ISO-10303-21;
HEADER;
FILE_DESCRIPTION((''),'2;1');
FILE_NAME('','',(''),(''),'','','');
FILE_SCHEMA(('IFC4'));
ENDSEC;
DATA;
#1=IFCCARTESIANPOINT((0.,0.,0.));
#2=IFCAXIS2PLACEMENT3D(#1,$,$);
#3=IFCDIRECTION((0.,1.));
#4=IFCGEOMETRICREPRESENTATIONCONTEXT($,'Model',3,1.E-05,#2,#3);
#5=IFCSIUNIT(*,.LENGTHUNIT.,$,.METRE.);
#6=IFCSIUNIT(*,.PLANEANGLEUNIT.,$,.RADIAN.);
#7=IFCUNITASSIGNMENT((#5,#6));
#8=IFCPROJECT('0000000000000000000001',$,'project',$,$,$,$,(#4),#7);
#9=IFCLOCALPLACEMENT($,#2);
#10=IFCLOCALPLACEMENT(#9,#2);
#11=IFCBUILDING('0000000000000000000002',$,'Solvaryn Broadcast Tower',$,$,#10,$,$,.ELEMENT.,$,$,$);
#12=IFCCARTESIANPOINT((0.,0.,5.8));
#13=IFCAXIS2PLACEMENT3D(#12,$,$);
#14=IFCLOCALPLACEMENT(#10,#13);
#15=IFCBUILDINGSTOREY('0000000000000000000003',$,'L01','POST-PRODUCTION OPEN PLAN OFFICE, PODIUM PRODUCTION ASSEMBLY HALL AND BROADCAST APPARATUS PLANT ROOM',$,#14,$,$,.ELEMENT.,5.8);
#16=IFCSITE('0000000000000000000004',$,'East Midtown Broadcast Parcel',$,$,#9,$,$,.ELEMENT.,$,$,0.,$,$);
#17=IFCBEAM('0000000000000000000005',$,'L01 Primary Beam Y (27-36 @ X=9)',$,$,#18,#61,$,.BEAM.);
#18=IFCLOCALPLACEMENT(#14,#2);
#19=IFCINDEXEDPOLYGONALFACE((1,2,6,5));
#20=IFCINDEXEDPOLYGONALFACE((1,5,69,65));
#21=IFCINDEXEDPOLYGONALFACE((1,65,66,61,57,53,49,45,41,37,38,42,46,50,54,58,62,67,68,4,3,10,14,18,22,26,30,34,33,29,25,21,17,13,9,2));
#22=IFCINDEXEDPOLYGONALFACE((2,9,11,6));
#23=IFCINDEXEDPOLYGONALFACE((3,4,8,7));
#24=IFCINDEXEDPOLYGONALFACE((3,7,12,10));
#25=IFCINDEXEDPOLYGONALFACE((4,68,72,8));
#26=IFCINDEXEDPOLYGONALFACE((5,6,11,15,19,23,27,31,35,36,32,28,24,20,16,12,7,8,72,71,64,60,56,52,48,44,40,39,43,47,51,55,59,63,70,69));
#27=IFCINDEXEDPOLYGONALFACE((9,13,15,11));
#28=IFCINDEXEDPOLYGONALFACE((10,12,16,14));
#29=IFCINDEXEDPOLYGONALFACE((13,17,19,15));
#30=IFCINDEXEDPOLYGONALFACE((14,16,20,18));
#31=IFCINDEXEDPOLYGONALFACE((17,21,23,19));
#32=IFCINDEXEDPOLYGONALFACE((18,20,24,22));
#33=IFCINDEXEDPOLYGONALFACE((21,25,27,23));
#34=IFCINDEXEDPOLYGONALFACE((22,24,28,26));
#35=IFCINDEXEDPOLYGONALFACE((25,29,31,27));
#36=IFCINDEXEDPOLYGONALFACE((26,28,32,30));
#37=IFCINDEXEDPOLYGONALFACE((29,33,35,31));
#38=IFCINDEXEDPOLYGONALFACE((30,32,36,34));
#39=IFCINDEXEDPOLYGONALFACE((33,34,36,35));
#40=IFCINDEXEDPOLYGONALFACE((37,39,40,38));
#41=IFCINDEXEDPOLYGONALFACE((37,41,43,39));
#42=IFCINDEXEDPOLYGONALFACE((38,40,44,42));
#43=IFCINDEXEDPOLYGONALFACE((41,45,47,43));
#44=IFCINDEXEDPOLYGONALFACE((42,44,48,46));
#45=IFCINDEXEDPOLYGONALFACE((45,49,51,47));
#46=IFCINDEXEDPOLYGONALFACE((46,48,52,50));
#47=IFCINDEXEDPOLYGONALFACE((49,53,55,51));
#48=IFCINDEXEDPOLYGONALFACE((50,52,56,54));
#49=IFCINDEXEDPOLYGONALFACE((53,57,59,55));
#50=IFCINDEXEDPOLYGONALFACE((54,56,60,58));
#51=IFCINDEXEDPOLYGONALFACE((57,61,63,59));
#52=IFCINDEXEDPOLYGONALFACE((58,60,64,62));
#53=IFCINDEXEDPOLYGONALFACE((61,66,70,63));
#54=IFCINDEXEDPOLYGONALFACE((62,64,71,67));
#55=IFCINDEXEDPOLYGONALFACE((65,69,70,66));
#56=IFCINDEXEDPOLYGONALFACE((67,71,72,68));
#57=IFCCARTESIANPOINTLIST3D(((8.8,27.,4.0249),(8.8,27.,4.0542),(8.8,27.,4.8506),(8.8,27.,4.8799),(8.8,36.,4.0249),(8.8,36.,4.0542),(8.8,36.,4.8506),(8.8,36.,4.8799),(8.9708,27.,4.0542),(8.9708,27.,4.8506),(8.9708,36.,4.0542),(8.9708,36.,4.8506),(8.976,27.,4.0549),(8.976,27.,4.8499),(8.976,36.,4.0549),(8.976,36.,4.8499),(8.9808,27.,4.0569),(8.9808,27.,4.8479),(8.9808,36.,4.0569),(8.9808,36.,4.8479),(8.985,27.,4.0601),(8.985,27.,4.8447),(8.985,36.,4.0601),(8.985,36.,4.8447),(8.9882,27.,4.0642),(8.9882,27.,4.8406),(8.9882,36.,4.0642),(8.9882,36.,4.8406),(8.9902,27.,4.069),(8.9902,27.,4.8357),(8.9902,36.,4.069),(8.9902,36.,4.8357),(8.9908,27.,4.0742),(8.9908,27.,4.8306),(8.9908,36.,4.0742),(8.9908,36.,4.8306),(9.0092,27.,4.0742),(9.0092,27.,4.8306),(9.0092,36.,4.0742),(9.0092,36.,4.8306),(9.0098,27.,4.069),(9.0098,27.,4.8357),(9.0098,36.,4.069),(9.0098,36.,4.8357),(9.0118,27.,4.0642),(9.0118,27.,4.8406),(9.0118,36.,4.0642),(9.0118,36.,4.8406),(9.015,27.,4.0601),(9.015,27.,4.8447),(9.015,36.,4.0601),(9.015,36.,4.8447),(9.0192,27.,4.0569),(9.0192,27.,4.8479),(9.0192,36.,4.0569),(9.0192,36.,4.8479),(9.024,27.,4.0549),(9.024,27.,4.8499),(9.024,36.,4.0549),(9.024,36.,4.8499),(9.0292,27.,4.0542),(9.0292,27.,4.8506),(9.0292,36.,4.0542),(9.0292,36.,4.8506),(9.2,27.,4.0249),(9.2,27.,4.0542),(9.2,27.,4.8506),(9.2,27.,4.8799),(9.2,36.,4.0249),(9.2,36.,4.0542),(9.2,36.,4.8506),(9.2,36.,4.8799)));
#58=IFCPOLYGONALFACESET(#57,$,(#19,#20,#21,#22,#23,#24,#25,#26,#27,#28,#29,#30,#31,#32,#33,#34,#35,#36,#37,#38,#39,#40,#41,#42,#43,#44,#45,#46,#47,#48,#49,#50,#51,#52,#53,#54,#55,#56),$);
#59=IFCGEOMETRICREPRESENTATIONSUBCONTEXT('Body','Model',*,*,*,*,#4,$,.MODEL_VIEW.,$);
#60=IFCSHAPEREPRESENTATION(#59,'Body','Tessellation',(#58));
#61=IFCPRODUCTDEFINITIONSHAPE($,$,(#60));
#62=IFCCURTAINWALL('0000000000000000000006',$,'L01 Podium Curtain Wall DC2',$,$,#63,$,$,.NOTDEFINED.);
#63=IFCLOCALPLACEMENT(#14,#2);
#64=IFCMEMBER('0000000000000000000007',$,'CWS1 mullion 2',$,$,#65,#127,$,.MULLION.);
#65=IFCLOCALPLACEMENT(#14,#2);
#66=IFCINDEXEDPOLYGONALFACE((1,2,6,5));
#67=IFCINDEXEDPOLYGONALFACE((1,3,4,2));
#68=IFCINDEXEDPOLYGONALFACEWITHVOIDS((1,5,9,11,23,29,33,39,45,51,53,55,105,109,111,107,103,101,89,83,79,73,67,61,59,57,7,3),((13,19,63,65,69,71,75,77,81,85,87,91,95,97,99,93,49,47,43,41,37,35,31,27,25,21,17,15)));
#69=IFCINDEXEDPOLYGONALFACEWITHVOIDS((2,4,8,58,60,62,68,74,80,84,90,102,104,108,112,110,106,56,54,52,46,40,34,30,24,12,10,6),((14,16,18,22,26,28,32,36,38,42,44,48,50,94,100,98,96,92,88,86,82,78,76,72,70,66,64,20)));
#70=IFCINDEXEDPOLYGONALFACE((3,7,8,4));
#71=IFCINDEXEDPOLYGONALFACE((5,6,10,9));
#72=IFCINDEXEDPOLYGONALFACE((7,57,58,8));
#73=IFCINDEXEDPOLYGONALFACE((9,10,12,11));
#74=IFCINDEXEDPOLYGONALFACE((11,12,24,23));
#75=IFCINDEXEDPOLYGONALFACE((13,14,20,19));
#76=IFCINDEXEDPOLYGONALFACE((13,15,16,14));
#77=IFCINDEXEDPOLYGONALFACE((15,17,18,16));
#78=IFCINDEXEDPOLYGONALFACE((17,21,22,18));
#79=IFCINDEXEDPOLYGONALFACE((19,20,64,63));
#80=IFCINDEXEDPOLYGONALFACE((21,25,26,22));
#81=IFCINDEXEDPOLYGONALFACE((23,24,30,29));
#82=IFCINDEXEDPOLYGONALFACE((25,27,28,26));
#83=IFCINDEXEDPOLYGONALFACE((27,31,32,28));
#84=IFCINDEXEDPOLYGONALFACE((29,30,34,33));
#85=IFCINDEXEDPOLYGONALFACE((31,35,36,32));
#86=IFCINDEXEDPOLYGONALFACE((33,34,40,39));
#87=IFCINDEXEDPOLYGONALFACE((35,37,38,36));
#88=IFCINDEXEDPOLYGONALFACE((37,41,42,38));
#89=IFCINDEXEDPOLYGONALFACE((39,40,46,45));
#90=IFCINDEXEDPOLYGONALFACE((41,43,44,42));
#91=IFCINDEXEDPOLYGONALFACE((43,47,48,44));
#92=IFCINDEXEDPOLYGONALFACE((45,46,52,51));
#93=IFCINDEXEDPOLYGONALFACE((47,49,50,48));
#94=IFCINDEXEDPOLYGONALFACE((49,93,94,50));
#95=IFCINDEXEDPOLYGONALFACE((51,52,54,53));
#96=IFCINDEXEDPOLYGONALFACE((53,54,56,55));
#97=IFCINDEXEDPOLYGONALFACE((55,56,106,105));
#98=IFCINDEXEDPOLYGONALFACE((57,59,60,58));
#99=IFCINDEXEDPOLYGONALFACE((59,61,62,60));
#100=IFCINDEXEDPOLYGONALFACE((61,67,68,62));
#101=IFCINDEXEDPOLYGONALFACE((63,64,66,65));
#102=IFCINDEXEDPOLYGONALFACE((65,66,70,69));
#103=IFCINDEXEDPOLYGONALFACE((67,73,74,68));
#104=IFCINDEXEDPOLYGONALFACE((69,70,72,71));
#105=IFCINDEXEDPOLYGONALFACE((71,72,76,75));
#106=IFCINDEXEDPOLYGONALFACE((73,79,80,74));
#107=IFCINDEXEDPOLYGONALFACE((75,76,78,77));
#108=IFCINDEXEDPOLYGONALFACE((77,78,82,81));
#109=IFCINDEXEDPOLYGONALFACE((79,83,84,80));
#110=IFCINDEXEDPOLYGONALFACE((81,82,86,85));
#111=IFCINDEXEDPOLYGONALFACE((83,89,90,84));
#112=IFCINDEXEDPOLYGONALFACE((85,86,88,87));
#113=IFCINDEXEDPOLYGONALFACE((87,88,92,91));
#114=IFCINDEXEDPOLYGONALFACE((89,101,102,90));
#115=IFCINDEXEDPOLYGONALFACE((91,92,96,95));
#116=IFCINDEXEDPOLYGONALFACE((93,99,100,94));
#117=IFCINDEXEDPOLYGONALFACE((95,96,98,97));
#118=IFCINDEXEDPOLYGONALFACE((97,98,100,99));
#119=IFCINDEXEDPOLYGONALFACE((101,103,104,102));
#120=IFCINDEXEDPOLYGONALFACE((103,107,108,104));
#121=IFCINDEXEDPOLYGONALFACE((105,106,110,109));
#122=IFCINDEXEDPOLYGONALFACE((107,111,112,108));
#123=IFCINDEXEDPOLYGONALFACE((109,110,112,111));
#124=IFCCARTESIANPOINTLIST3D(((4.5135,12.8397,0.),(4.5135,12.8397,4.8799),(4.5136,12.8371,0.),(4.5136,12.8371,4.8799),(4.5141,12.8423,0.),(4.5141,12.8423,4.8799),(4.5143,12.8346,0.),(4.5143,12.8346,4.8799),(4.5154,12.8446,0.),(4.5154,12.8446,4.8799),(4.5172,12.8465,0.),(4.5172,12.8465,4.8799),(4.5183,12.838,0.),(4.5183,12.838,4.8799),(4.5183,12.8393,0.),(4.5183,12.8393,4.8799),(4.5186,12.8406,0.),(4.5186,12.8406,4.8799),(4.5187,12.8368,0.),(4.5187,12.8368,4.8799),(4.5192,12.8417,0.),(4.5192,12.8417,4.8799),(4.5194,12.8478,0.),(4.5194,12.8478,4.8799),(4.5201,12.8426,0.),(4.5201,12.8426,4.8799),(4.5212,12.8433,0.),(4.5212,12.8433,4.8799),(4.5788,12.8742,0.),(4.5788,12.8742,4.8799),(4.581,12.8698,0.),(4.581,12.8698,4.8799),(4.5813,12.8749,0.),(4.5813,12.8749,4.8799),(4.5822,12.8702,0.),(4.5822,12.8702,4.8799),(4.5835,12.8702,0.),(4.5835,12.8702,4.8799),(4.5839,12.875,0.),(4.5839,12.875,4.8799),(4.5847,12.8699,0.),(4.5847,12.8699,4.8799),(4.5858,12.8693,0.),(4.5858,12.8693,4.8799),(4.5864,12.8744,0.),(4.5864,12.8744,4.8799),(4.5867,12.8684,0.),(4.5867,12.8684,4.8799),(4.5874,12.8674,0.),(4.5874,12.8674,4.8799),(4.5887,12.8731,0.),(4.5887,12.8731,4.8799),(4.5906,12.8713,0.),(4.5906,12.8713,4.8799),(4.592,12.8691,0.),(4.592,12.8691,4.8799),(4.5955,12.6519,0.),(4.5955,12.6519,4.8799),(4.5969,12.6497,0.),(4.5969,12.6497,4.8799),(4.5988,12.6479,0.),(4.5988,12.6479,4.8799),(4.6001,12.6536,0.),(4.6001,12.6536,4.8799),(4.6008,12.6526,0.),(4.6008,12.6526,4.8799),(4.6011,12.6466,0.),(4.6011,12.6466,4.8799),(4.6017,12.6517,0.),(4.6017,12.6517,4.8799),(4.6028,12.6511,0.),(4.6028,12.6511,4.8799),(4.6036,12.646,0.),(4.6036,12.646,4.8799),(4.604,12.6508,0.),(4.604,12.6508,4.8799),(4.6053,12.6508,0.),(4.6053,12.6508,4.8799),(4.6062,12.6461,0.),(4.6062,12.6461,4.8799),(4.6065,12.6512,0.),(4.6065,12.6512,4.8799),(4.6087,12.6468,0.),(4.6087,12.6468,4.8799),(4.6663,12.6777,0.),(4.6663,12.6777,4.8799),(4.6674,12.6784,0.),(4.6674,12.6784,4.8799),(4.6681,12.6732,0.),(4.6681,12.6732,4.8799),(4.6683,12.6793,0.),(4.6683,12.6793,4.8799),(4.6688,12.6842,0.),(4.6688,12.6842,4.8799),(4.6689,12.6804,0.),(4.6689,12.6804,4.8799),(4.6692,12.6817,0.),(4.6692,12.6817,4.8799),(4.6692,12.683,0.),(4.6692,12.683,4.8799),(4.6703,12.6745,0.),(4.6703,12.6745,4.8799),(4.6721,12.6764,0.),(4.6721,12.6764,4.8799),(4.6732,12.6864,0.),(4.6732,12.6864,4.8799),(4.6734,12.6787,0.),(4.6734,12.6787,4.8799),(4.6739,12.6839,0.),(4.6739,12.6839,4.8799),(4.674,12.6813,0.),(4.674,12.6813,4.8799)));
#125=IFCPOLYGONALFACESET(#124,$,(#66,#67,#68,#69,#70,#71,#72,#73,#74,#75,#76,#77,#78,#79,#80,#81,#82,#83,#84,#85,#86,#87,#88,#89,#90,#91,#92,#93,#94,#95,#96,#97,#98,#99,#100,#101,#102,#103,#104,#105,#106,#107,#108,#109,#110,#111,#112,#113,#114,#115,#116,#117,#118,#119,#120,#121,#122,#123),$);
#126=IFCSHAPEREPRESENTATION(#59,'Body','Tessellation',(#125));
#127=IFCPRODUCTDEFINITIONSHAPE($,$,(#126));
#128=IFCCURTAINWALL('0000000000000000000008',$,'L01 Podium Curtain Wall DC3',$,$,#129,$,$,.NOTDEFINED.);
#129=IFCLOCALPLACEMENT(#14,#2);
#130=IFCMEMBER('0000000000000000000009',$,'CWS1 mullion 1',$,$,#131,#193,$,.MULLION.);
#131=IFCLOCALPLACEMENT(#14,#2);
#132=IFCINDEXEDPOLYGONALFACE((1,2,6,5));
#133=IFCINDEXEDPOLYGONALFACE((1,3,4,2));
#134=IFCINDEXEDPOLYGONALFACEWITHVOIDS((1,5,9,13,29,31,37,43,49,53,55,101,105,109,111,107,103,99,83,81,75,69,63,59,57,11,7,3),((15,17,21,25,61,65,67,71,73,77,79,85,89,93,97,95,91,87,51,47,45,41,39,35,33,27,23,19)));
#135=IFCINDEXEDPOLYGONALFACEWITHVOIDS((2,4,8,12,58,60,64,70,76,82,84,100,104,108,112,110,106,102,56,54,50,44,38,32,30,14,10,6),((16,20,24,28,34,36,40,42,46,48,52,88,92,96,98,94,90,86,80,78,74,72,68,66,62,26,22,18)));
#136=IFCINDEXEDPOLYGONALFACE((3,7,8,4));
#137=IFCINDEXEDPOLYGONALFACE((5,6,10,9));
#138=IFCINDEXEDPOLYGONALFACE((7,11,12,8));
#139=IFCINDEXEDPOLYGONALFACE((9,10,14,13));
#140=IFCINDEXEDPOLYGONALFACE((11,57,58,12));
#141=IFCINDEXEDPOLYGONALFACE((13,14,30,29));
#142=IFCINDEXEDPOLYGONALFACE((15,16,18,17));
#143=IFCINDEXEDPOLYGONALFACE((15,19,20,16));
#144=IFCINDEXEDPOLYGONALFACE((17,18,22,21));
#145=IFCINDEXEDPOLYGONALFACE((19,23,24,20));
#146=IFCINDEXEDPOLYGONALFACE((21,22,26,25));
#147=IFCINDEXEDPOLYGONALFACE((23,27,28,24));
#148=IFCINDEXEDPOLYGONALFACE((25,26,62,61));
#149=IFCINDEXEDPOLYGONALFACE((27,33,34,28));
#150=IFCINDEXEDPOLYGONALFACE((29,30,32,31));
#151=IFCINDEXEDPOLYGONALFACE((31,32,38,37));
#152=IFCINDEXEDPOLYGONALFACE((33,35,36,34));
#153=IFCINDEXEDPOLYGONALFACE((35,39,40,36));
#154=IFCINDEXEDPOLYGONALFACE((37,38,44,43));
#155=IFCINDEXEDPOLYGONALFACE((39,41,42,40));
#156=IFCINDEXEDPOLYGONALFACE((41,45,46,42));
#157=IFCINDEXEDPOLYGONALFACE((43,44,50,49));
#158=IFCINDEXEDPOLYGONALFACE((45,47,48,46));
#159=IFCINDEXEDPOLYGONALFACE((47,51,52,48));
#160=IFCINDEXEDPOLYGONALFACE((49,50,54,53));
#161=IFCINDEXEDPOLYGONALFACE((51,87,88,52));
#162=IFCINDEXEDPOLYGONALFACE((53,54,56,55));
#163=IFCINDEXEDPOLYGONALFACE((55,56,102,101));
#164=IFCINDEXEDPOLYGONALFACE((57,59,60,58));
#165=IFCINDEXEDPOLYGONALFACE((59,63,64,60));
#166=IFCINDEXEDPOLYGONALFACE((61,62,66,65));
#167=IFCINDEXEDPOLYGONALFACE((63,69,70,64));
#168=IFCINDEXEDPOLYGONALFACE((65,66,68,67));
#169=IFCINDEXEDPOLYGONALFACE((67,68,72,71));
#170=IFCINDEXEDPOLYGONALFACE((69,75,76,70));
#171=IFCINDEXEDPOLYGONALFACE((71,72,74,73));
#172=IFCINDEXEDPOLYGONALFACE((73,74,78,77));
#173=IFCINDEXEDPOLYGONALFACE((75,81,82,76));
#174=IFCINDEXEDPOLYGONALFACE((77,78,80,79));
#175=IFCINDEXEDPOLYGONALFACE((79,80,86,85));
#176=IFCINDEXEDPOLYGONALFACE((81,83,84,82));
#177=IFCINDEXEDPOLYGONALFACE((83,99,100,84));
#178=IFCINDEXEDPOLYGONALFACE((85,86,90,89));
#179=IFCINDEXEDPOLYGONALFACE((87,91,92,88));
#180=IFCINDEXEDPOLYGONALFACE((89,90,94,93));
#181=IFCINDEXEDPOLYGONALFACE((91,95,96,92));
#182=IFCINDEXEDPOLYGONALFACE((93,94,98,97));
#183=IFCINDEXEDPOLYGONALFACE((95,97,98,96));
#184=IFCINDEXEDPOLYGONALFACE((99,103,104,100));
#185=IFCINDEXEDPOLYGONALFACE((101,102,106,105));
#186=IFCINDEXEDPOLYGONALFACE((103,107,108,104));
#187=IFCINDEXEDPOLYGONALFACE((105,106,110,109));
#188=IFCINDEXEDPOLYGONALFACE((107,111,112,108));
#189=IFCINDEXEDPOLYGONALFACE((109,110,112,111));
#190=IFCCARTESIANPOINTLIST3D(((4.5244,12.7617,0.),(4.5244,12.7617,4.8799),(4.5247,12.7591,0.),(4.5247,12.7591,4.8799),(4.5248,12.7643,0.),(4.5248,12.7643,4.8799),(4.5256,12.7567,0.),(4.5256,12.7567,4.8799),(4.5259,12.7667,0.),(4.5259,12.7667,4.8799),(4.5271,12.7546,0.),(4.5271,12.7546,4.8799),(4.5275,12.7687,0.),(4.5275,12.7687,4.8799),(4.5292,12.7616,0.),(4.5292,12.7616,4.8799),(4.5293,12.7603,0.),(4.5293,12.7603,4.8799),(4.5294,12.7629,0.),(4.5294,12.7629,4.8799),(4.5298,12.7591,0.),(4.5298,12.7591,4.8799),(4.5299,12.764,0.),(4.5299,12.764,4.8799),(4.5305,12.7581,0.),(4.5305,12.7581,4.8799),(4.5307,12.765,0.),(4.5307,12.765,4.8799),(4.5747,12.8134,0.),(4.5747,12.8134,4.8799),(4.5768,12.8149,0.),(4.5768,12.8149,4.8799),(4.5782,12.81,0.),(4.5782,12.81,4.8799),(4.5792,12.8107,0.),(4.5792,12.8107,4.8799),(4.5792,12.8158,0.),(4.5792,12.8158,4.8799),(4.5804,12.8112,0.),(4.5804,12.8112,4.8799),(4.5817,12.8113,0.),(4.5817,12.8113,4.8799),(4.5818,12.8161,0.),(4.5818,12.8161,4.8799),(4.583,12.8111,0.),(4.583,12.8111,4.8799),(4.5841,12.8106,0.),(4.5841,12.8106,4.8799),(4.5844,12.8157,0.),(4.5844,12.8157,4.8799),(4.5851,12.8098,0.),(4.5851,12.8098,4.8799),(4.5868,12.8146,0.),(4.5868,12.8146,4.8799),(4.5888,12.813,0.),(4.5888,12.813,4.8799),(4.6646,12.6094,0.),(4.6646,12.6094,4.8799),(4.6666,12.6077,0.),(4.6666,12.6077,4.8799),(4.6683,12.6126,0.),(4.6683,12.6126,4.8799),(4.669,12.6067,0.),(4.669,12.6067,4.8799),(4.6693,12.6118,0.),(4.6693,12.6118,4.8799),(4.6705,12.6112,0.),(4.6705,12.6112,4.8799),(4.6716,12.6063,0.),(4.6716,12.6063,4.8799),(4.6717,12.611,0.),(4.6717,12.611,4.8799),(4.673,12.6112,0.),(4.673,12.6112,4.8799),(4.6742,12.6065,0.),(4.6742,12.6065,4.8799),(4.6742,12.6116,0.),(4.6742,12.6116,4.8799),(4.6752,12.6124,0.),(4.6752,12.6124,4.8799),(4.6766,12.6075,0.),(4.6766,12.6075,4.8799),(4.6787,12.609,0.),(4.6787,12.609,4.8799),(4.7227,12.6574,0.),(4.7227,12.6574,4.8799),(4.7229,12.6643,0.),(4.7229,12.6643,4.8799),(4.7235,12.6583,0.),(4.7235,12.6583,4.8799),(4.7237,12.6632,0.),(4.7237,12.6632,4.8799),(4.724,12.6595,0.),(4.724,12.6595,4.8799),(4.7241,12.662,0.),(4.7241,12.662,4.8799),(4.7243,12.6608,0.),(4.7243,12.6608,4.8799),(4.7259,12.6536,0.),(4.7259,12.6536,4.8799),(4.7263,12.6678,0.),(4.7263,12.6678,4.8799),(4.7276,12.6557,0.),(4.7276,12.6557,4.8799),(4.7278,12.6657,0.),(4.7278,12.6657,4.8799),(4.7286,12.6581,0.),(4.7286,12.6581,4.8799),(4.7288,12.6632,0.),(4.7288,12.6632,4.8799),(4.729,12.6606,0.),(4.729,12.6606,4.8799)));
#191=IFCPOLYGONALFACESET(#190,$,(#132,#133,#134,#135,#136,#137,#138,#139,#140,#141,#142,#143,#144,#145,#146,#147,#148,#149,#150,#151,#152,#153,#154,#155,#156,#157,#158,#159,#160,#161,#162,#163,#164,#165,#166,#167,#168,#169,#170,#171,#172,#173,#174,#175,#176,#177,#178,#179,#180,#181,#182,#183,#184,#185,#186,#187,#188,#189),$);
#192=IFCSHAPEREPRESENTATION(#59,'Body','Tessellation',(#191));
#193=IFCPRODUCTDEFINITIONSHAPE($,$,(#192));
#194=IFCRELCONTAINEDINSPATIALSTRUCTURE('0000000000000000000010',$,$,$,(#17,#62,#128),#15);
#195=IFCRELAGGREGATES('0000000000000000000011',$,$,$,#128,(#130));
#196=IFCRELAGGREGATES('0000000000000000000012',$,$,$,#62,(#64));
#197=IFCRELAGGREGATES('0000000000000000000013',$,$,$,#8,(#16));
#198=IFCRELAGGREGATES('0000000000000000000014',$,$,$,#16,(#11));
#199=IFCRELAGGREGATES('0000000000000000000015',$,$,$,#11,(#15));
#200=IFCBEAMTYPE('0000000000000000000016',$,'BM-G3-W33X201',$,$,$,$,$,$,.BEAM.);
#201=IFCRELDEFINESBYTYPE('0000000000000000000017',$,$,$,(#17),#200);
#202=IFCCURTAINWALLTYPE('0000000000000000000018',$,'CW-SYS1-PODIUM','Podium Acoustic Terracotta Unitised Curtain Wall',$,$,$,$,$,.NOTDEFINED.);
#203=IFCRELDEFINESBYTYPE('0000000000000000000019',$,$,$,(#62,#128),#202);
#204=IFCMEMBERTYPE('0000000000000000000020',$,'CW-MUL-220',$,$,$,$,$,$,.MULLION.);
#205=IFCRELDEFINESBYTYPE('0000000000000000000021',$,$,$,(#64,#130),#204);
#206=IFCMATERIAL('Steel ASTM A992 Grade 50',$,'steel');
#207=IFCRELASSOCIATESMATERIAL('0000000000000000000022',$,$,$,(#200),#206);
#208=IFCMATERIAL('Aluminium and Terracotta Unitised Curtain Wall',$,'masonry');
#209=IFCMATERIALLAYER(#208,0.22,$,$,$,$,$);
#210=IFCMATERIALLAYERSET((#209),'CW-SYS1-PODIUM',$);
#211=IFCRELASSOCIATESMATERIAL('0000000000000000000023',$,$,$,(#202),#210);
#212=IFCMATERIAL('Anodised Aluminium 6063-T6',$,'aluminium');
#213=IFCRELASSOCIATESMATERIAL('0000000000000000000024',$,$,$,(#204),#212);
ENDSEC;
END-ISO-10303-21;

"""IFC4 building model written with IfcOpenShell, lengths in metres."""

from ifc_helpers import new_model, si_unit, direction, frame, origin, origin_2d, place, context, subcontext, project, spatial, hollow_rectangle, i_section, extrude, material, layer, layer_set, material_profile, profile_set, type_object, element, aggregate, save


model = new_model("IFC4")

# Units and contexts
model_context = context("Model", 3, precision=1e-05, world=origin(), true_north=direction((0.0, 1.0)))
body_context = subcontext(model_context, "Body", "Model", "MODEL_VIEW")
ifc_project = project(units=[si_unit("LENGTHUNIT", "METRE"), si_unit("PLANEANGLEUNIT", "RADIAN")], contexts=[model_context])

# Site, building, storey
site_placement = place(None, origin())
site = spatial("IfcSite", under=ifc_project, at=site_placement, Name="East Midtown Broadcast Parcel", CompositionType="ELEMENT", RefElevation=0.0)
building_placement = place(site_placement, origin())
building = spatial("IfcBuilding", under=site, at=building_placement, Name="Solvaryn Broadcast Tower", CompositionType="ELEMENT")
storey_placement = place(building_placement, frame((0.0, 0.0, 5.8)))
storey = spatial("IfcBuildingStorey", under=building, at=storey_placement, Name="L01", Description="POST-PRODUCTION OPEN PLAN OFFICE, PODIUM PRODUCTION ASSEMBLY HALL AND BROADCAST APPARATUS PLANT ROOM", CompositionType="ELEMENT", Elevation=5.8)

# Beam
ifc_material_1 = material(Name="Steel ASTM A992 Grade 50", Category="steel")
ifc_material_profile_1 = material_profile(ifc_material_1, i_section(OverallWidth=0.3999, OverallDepth=0.855, WebThickness=0.0183, FlangeThickness=0.0293, FilletRadius=0.02, at=origin_2d()))
ifc_profile_set_1 = profile_set([ifc_material_profile_1], Name="Steel ASTM A992 Grade 50")
beam_type_1 = type_object("IfcBeamType", Name="BM-G3-W33X201", PredefinedType="BEAM", material=ifc_profile_set_1)
for number, where, z_axis, x_axis, name in (
    (1, (9.0, 27.0, 4.4524), (0.0, 1.0, 0.0), (-1.0, 0.0, 0.0), "L01 Primary Beam Y (27-36 @ X=9)"),
):
    element("IfcBeam", number, at=place(storey_placement, frame(where, z_axis=z_axis, x_axis=x_axis)), inside=storey, type_object=beam_type_1, Name=name, PredefinedType="BEAM", context=body_context, shape_type="SweptSolid", body=[
        extrude(i_section(OverallWidth=0.3999, OverallDepth=0.855, WebThickness=0.0183, FlangeThickness=0.0293, FilletRadius=0.02, at=origin_2d()), origin(), (0.0, 0.0, 1.0), 9.0),
    ])

# Curtain wall, member
ifc_material_2 = material(Name="Aluminium and Terracotta Unitised Curtain Wall", Category="masonry")
ifc_layer_1 = layer(ifc_material_2, 0.22)
ifc_layer_set_1 = layer_set([ifc_layer_1], Name="CW-SYS1-PODIUM")
curtain_wall_type = type_object("IfcCurtainWallType", Name="CW-SYS1-PODIUM", Description="Podium Acoustic Terracotta Unitised Curtain Wall", PredefinedType="NOTDEFINED", material=ifc_layer_set_1)
curtain_wall_1_placement = place(storey_placement, origin())
curtain_wall_1 = element("IfcCurtainWall", 2, at=curtain_wall_1_placement, inside=storey, type_object=curtain_wall_type, Name="L01 Podium Curtain Wall DC2", PredefinedType="NOTDEFINED")
ifc_material_3 = material(Name="Anodised Aluminium 6063-T6", Category="aluminium")
ifc_material_profile_2 = material_profile(ifc_material_3, hollow_rectangle(XDim=0.085, YDim=0.22, WallThickness=0.0049, InnerFilletRadius=0.0049, OuterFilletRadius=0.01, at=origin_2d()))
ifc_profile_set_2 = profile_set([ifc_material_profile_2], Name="Anodised Aluminium 6063-T6")
member_type_1 = type_object("IfcMemberType", Name="CW-MUL-220", PredefinedType="MULLION", material=ifc_profile_set_2)
member_1_placement = place(storey_placement, frame((4.5938, 12.7605, 0.0), z_axis=(0.0, 0.0, 1.0), x_axis=(0.913849, 0.406054, 0.0)))
member_1 = element("IfcMember", 3, at=member_1_placement, type_object=member_type_1, Name="CWS1 mullion 2", PredefinedType="MULLION", context=body_context, shape_type="SweptSolid", body=[
    extrude(hollow_rectangle(XDim=0.085, YDim=0.22, WallThickness=0.0049, InnerFilletRadius=0.0049, OuterFilletRadius=0.01, at=origin_2d()), origin(), (0.0, 0.0, 1.0), 4.8799),
])

# Curtain wall, member
curtain_wall_2_placement = place(storey_placement, origin())
curtain_wall_2 = element("IfcCurtainWall", 4, at=curtain_wall_2_placement, inside=storey, type_object=curtain_wall_type, Name="L01 Podium Curtain Wall DC3", PredefinedType="NOTDEFINED")
member_2_placement = place(storey_placement, frame((4.6267, 12.7112, 0.0), z_axis=(0.0, 0.0, 1.0), x_axis=(0.726151, 0.687535, 0.0)))
member_2 = element("IfcMember", 5, at=member_2_placement, type_object=member_type_1, Name="CWS1 mullion 1", PredefinedType="MULLION", context=body_context, shape_type="SweptSolid", body=[
    extrude(hollow_rectangle(XDim=0.085, YDim=0.22, WallThickness=0.0049, InnerFilletRadius=0.0049, OuterFilletRadius=0.01, at=origin_2d()), origin(), (0.0, 0.0, 1.0), 4.8799),
])
aggregate(curtain_wall_2, [member_2])

aggregate(curtain_wall_1, [member_1])

save(model, "model.ifc")
